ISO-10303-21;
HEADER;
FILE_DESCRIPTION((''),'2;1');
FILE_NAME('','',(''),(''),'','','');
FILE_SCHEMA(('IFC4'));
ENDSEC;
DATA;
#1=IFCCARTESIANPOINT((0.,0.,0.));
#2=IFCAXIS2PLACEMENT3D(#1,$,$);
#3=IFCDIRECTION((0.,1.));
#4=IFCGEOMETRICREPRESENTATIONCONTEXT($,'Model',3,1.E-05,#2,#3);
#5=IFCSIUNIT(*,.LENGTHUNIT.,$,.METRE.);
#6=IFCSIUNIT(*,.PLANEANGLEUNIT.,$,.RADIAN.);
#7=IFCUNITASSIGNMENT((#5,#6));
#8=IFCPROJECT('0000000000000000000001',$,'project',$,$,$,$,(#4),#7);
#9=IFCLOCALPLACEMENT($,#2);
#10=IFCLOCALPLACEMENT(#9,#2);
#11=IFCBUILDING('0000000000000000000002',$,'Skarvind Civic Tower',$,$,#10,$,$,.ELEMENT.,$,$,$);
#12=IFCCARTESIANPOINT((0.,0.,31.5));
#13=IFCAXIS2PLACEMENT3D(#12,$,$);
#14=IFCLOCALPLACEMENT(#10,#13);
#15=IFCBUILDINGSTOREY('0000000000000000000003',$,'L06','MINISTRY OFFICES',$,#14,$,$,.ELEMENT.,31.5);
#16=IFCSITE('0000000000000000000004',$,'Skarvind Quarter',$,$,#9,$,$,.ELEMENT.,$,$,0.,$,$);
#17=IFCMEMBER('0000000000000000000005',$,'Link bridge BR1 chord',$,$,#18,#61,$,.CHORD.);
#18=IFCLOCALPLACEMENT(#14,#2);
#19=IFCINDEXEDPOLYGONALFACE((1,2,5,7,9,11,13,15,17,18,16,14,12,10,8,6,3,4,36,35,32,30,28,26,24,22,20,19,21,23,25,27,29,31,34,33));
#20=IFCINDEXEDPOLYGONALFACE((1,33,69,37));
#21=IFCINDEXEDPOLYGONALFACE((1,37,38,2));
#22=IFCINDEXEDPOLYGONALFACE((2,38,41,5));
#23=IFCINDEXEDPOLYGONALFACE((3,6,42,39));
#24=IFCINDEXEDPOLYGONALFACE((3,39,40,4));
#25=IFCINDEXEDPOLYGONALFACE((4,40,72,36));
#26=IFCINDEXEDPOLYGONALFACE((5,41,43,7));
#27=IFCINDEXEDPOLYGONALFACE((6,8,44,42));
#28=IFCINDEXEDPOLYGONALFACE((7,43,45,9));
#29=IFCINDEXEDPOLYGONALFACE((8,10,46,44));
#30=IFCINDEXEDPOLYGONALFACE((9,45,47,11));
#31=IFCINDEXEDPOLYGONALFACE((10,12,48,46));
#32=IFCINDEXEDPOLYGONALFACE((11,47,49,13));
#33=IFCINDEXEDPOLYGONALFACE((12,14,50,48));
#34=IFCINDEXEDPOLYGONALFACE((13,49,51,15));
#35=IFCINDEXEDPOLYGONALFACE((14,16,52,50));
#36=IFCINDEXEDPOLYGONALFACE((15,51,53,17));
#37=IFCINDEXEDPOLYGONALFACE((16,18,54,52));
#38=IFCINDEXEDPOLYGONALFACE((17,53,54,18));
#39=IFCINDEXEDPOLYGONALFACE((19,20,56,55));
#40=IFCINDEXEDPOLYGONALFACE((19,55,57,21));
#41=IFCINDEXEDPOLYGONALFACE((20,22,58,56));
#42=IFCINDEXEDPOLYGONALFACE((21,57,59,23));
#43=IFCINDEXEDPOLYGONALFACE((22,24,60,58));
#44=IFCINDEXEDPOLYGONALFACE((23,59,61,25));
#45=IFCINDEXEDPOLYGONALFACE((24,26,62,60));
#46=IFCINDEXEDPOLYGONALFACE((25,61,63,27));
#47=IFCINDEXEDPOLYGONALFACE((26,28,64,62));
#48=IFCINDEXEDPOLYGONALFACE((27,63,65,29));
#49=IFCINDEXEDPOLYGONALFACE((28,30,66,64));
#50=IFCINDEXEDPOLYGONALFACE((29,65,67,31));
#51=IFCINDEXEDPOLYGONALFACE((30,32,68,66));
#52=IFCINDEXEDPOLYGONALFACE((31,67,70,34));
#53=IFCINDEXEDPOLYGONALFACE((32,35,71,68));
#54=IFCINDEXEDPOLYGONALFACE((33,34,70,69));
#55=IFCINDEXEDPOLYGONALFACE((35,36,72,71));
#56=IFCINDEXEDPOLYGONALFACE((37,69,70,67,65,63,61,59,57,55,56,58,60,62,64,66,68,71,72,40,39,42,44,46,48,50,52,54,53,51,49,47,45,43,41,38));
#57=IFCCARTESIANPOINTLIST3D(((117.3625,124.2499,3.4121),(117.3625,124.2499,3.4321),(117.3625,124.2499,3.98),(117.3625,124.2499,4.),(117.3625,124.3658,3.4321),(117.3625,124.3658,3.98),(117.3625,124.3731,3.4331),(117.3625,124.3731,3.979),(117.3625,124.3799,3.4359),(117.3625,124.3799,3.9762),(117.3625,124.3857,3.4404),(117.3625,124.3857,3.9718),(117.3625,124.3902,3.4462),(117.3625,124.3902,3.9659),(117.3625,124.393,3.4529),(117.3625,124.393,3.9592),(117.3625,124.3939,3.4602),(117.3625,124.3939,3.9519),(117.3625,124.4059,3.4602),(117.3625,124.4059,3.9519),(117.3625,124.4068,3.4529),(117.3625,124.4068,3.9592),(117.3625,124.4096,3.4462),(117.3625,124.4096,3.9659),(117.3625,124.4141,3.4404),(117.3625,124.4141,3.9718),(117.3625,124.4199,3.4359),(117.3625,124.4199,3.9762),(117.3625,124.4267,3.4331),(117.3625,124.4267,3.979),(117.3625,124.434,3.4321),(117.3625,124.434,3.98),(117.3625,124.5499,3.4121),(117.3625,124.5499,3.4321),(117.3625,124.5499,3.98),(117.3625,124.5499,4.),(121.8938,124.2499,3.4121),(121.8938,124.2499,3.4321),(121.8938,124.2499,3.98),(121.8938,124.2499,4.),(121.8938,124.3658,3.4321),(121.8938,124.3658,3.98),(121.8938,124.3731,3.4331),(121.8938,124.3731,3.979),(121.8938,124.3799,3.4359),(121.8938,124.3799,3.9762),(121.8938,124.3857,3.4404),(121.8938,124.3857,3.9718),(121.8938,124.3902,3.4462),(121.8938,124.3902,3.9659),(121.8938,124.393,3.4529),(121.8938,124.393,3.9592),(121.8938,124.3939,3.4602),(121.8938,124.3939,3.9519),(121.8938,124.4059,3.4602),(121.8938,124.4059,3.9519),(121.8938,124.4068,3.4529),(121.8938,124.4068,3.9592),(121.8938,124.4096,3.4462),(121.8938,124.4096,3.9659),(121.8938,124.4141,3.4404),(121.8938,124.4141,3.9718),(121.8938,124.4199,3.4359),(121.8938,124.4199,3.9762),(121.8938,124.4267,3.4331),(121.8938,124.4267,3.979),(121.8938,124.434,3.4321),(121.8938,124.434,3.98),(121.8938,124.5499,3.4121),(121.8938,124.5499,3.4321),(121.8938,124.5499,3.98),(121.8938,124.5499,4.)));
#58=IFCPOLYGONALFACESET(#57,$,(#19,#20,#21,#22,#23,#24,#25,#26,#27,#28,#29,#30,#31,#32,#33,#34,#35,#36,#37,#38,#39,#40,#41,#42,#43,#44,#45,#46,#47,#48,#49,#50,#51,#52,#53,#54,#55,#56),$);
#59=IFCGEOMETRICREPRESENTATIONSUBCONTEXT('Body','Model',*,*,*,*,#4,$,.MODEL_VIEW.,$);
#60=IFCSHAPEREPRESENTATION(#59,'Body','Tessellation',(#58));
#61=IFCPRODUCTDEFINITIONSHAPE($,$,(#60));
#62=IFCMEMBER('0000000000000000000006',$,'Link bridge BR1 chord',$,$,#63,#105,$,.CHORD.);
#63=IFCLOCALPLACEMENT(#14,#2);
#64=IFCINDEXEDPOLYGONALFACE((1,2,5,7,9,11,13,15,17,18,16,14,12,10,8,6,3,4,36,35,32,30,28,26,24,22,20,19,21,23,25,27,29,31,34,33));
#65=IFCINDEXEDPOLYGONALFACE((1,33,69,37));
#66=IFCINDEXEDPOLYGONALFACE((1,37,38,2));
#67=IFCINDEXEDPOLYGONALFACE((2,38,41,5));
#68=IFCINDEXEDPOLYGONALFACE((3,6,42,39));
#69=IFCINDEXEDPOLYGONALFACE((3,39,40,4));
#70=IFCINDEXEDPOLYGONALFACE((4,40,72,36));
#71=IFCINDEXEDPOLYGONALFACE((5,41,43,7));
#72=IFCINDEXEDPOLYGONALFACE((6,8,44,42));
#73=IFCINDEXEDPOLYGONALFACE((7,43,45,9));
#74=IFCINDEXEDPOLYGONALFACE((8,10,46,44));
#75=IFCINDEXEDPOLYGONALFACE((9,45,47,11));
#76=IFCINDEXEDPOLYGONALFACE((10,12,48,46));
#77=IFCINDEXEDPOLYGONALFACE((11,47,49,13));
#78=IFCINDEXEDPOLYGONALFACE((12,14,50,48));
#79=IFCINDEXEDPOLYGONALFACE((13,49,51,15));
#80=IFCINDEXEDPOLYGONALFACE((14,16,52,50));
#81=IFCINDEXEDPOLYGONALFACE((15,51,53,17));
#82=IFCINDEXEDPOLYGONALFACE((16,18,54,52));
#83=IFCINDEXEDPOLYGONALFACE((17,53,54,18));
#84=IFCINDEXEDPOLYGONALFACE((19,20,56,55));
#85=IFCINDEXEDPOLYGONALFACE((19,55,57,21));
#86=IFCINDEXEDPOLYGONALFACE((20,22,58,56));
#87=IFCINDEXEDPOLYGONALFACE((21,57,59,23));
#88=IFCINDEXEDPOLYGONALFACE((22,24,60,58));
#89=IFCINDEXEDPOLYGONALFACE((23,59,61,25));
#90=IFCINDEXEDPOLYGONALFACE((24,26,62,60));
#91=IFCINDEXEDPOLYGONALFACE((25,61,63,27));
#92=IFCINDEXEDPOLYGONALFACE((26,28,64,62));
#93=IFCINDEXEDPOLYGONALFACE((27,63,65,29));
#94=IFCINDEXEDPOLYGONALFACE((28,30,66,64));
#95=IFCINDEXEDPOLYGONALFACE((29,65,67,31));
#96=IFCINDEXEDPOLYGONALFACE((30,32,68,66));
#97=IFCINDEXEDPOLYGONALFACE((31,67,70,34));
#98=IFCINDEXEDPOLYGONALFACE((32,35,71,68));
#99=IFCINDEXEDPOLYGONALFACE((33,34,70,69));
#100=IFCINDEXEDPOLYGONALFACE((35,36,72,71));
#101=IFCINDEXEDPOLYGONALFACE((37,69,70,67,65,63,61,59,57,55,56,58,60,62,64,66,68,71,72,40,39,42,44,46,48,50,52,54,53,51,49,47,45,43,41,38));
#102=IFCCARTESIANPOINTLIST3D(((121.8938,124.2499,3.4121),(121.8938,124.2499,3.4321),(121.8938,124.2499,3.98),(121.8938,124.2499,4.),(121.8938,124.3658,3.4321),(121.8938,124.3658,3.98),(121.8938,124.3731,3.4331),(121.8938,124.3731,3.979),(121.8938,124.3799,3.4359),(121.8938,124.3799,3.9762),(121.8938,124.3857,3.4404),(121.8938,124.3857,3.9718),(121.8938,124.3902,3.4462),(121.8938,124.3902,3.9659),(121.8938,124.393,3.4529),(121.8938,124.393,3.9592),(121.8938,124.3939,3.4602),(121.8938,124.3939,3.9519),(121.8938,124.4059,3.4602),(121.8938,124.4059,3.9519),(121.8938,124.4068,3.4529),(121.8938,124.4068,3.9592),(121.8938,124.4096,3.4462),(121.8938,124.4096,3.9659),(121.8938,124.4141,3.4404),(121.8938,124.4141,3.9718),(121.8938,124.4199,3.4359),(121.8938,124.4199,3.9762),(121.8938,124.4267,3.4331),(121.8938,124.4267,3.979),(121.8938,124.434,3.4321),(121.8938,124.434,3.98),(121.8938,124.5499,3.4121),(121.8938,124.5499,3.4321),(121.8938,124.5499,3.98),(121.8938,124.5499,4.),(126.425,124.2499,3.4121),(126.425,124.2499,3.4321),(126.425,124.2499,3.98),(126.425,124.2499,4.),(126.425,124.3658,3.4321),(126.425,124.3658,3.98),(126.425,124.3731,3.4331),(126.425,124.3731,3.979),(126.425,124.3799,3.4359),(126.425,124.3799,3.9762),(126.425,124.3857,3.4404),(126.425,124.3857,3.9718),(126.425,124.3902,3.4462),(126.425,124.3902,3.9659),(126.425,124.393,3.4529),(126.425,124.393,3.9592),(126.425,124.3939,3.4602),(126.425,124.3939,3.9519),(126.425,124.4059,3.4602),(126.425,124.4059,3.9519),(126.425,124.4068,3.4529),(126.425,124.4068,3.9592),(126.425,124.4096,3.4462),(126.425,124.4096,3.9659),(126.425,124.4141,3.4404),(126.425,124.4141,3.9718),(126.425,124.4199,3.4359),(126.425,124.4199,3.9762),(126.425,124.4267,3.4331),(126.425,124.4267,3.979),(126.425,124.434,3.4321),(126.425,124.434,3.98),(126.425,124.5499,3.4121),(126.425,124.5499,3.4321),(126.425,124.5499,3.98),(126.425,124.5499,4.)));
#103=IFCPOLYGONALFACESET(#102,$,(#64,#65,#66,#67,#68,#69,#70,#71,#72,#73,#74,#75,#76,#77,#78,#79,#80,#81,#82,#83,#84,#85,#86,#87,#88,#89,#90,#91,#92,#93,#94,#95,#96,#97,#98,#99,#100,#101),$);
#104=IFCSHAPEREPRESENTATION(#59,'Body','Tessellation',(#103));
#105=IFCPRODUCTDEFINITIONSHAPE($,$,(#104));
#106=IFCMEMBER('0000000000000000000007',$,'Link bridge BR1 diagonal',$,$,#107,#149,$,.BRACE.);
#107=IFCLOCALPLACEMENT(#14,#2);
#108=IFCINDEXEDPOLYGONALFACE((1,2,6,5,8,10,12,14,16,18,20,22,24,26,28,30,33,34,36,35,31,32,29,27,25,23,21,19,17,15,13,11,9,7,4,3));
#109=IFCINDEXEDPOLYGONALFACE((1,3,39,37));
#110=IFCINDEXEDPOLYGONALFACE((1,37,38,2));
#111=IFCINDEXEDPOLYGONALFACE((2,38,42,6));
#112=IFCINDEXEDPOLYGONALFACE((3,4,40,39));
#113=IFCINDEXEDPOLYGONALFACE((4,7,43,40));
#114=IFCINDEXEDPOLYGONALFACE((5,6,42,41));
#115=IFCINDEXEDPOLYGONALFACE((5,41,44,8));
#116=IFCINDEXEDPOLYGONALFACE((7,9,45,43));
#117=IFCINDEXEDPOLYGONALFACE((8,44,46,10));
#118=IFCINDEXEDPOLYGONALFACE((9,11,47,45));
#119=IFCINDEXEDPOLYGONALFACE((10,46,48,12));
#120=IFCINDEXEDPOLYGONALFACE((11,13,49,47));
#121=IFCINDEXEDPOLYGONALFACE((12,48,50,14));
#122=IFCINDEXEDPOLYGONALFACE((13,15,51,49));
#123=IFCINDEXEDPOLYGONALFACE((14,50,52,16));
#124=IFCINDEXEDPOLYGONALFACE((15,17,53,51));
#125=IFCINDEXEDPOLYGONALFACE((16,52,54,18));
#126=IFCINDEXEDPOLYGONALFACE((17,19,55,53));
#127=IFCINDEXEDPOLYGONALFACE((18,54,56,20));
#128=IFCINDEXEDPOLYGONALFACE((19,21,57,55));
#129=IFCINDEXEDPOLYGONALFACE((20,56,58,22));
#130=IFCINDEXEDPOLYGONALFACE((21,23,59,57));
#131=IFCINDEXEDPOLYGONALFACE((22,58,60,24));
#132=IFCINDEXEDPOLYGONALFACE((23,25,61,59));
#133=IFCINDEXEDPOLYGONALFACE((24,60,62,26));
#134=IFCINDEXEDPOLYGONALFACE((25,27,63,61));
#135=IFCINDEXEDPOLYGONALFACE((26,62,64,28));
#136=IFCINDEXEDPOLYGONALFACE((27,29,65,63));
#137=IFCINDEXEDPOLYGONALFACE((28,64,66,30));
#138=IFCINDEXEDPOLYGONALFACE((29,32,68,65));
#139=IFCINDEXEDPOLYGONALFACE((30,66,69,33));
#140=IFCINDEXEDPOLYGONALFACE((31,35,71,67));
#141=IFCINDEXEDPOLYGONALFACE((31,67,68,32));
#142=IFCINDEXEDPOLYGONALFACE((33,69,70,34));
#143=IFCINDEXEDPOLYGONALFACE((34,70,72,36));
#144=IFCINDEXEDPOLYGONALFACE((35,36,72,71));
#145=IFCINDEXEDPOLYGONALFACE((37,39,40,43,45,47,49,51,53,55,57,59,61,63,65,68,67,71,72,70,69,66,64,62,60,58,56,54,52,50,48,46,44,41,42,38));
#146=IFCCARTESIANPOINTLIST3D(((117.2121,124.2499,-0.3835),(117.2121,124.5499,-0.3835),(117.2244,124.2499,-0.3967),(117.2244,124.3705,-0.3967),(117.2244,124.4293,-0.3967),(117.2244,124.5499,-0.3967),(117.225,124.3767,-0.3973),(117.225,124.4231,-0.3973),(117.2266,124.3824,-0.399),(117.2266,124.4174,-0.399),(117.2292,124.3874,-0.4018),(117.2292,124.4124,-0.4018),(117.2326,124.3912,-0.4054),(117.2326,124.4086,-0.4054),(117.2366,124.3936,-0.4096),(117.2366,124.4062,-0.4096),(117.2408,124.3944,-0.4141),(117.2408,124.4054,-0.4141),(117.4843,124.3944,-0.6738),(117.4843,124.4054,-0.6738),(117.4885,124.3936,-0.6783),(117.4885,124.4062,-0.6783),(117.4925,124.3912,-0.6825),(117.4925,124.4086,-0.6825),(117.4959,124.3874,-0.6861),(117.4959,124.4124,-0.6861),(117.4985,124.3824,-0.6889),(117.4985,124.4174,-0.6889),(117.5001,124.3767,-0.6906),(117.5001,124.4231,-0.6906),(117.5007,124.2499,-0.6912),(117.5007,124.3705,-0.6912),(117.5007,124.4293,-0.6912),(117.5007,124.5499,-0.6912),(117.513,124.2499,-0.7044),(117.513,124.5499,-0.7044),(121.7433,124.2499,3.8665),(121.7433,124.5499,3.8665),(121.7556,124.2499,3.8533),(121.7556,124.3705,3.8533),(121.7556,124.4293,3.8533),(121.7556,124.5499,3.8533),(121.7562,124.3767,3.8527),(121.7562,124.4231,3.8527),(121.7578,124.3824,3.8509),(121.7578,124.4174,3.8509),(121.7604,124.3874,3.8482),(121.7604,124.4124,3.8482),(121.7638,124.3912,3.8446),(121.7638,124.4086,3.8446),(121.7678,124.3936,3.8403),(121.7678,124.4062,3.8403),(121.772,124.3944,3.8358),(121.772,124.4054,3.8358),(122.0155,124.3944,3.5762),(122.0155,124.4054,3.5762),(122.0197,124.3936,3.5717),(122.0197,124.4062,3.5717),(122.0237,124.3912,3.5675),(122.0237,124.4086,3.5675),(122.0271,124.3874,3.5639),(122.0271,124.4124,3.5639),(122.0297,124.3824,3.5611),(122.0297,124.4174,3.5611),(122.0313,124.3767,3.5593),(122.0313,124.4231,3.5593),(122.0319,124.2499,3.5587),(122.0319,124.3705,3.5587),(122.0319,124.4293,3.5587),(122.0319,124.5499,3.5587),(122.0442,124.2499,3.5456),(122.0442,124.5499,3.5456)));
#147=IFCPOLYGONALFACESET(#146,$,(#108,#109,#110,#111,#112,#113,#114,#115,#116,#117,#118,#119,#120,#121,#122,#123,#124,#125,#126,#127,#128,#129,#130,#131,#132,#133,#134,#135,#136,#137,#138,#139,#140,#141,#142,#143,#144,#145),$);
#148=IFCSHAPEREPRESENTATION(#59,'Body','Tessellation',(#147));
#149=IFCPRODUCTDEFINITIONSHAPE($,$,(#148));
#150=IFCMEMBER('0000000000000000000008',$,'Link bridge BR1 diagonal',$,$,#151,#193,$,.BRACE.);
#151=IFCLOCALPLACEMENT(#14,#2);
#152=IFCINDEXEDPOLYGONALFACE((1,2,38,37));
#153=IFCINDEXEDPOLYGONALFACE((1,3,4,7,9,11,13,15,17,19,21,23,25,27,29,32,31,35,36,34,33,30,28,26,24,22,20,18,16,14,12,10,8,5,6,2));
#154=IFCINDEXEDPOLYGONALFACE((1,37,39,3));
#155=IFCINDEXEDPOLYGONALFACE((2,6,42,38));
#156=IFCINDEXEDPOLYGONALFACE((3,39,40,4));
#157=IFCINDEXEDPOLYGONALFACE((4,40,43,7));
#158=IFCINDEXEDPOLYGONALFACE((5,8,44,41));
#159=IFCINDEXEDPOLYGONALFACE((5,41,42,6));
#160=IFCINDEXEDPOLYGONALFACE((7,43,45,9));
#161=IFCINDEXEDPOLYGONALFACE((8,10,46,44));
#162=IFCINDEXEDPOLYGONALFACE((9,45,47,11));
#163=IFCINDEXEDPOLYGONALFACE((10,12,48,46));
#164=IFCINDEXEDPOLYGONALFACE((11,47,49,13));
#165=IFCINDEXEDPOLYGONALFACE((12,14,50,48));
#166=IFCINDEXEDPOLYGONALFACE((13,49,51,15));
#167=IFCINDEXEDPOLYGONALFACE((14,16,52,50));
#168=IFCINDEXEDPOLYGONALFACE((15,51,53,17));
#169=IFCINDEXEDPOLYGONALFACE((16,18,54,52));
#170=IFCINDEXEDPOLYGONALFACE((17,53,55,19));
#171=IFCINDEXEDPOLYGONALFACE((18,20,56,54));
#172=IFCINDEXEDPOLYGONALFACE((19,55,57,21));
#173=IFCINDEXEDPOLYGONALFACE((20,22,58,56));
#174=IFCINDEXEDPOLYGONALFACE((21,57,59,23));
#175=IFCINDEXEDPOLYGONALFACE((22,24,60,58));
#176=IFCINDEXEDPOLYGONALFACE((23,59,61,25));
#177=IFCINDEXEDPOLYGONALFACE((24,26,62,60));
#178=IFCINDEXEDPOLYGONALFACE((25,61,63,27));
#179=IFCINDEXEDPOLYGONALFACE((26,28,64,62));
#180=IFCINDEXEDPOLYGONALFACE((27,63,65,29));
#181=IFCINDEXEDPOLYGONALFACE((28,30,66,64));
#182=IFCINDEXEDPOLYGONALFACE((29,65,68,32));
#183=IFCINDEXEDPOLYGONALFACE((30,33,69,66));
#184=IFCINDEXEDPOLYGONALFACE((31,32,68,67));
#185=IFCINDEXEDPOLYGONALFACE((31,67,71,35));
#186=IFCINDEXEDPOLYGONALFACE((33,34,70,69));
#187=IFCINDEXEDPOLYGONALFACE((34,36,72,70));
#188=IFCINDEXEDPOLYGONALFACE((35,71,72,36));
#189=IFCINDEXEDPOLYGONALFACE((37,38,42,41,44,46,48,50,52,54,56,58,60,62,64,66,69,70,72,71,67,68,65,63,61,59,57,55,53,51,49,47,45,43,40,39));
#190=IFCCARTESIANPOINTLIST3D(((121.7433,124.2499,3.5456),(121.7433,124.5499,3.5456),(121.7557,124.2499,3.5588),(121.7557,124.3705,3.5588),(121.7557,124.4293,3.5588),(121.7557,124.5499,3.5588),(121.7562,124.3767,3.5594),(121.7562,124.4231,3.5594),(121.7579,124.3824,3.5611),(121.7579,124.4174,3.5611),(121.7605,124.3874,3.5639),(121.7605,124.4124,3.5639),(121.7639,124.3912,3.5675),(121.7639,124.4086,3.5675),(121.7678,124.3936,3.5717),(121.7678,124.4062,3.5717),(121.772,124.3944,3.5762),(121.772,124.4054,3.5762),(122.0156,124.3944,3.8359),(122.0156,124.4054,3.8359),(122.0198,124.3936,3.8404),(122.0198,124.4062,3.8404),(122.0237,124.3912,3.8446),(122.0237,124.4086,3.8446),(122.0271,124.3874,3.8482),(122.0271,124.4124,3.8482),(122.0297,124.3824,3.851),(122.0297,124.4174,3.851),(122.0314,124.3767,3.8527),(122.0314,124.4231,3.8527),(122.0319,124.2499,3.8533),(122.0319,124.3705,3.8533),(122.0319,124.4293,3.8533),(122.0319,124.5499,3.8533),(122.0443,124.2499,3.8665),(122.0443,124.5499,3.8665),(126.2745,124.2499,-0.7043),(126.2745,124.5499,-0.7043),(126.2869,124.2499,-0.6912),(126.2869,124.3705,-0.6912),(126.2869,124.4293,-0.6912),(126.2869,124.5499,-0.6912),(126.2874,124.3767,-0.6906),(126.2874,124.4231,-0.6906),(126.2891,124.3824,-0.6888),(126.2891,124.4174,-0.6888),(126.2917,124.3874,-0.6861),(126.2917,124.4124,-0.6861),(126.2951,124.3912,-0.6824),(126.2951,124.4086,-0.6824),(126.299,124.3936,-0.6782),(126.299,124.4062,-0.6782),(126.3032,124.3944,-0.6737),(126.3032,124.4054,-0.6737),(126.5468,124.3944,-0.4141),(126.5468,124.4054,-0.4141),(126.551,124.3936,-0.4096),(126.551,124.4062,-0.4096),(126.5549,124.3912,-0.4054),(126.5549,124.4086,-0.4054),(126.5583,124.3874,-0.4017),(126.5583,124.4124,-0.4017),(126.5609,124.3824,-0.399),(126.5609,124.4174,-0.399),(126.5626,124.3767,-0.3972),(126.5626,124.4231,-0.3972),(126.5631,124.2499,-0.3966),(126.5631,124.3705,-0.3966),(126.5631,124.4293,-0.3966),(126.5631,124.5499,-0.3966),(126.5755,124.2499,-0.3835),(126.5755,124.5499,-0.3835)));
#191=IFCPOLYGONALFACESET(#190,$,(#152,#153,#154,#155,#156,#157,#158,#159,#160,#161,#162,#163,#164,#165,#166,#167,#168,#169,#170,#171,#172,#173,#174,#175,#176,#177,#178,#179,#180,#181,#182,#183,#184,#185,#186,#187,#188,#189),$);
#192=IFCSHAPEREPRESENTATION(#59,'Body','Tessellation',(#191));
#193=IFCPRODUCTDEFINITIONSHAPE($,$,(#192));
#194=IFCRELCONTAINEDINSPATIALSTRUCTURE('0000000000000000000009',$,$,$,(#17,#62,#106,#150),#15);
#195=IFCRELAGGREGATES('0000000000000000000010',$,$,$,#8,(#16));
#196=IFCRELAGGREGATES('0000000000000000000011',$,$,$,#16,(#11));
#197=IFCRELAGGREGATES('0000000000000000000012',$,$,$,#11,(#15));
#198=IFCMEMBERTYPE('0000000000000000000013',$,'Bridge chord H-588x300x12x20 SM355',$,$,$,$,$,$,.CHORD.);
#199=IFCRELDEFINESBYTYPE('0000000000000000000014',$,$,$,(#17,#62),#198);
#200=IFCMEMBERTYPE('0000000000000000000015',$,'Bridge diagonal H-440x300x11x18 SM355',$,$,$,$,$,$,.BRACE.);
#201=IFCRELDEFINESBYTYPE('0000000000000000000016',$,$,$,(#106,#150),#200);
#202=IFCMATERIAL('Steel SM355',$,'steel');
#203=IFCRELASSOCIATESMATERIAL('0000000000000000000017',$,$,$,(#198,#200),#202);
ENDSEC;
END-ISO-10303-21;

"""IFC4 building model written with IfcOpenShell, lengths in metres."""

from ifc_helpers import new_model, si_unit, direction, frame, origin, origin_2d, place, context, subcontext, project, spatial, i_section, extrude, material, material_profile, profile_set, type_object, element, save


model = new_model("IFC4")

# Units and contexts
model_context = context("Model", 3, precision=1e-05, world=origin(), true_north=direction((0.0, 1.0)))
body_context = subcontext(model_context, "Body", "Model", "MODEL_VIEW")
ifc_project = project(units=[si_unit("LENGTHUNIT", "METRE"), si_unit("PLANEANGLEUNIT", "RADIAN")], contexts=[model_context])

# Site, building, storey
site_placement = place(None, origin())
site = spatial("IfcSite", under=ifc_project, at=site_placement, Name="Skarvind Quarter", CompositionType="ELEMENT", RefElevation=0.0)
building_placement = place(site_placement, origin())
building = spatial("IfcBuilding", under=site, at=building_placement, Name="Skarvind Civic Tower", CompositionType="ELEMENT")
storey_placement = place(building_placement, frame((0.0, 0.0, 31.5)))
storey = spatial("IfcBuildingStorey", under=building, at=storey_placement, Name="L06", Description="MINISTRY OFFICES", CompositionType="ELEMENT", Elevation=31.5)

# Members
ifc_material_1 = material(Name="Steel SM355", Category="steel")
ifc_material_profile_1 = material_profile(ifc_material_1, i_section(OverallWidth=0.3, OverallDepth=0.5879, WebThickness=0.012, FlangeThickness=0.02, FilletRadius=0.0281, at=origin_2d()), Name="H-588x300x12x20")
ifc_profile_set_1 = profile_set([ifc_material_profile_1], Name="Steel SM355")
member_type_1 = type_object("IfcMemberType", Name="Bridge chord H-588x300x12x20 SM355", PredefinedType="CHORD", material=ifc_profile_set_1)
for number, where, z_axis, x_axis, name in (
    (1, (117.3625, 124.3999, 3.7061), (1.0, 0.0, 0.0), (0.0, 1.0, 0.0), "Link bridge BR1 chord"),
    (2, (121.8938, 124.3999, 3.7061), (1.0, 0.0, 0.0), (0.0, 1.0, 0.0), "Link bridge BR1 chord"),
):
    element("IfcMember", number, at=place(storey_placement, frame(where, z_axis=z_axis, x_axis=x_axis)), inside=storey, type_object=member_type_1, Name=name, PredefinedType="CHORD", context=body_context, shape_type="SweptSolid", body=[
        extrude(i_section(OverallWidth=0.3, OverallDepth=0.5879, WebThickness=0.012, FlangeThickness=0.02, FilletRadius=0.0281, at=origin_2d()), origin(), (0.0, 0.0, 1.0), 4.5312),
    ])
ifc_material_profile_2 = material_profile(ifc_material_1, i_section(OverallWidth=0.3, OverallDepth=0.4399, WebThickness=0.011, FlangeThickness=0.0181, FilletRadius=0.0239, at=origin_2d()), Name="H-440x300x11x18")
ifc_profile_set_2 = profile_set([ifc_material_profile_2], Name="Steel SM355")
member_type_2 = type_object("IfcMemberType", Name="Bridge diagonal H-440x300x11x18 SM355", PredefinedType="BRACE", material=ifc_profile_set_2)
for number, where, z_axis, x_axis, name in (
    (3, (117.3625, 124.3999, -0.5439), (0.72938, 0.0, 0.684108), (0.0, 1.0, 0.0), "Link bridge BR1 diagonal"),
    (4, (121.8938, 124.3999, 3.7061), (0.72938, 0.0, -0.684108), (0.0, 1.0, 0.0), "Link bridge BR1 diagonal"),
):
    element("IfcMember", number, at=place(storey_placement, frame(where, z_axis=z_axis, x_axis=x_axis)), inside=storey, type_object=member_type_2, Name=name, PredefinedType="BRACE", context=body_context, shape_type="SweptSolid", body=[
        extrude(i_section(OverallWidth=0.3, OverallDepth=0.4399, WebThickness=0.011, FlangeThickness=0.0181, FilletRadius=0.0239, at=origin_2d()), origin(), (0.0, 0.0, 1.0), 6.2124),
    ])

save(model, "model.ifc")
